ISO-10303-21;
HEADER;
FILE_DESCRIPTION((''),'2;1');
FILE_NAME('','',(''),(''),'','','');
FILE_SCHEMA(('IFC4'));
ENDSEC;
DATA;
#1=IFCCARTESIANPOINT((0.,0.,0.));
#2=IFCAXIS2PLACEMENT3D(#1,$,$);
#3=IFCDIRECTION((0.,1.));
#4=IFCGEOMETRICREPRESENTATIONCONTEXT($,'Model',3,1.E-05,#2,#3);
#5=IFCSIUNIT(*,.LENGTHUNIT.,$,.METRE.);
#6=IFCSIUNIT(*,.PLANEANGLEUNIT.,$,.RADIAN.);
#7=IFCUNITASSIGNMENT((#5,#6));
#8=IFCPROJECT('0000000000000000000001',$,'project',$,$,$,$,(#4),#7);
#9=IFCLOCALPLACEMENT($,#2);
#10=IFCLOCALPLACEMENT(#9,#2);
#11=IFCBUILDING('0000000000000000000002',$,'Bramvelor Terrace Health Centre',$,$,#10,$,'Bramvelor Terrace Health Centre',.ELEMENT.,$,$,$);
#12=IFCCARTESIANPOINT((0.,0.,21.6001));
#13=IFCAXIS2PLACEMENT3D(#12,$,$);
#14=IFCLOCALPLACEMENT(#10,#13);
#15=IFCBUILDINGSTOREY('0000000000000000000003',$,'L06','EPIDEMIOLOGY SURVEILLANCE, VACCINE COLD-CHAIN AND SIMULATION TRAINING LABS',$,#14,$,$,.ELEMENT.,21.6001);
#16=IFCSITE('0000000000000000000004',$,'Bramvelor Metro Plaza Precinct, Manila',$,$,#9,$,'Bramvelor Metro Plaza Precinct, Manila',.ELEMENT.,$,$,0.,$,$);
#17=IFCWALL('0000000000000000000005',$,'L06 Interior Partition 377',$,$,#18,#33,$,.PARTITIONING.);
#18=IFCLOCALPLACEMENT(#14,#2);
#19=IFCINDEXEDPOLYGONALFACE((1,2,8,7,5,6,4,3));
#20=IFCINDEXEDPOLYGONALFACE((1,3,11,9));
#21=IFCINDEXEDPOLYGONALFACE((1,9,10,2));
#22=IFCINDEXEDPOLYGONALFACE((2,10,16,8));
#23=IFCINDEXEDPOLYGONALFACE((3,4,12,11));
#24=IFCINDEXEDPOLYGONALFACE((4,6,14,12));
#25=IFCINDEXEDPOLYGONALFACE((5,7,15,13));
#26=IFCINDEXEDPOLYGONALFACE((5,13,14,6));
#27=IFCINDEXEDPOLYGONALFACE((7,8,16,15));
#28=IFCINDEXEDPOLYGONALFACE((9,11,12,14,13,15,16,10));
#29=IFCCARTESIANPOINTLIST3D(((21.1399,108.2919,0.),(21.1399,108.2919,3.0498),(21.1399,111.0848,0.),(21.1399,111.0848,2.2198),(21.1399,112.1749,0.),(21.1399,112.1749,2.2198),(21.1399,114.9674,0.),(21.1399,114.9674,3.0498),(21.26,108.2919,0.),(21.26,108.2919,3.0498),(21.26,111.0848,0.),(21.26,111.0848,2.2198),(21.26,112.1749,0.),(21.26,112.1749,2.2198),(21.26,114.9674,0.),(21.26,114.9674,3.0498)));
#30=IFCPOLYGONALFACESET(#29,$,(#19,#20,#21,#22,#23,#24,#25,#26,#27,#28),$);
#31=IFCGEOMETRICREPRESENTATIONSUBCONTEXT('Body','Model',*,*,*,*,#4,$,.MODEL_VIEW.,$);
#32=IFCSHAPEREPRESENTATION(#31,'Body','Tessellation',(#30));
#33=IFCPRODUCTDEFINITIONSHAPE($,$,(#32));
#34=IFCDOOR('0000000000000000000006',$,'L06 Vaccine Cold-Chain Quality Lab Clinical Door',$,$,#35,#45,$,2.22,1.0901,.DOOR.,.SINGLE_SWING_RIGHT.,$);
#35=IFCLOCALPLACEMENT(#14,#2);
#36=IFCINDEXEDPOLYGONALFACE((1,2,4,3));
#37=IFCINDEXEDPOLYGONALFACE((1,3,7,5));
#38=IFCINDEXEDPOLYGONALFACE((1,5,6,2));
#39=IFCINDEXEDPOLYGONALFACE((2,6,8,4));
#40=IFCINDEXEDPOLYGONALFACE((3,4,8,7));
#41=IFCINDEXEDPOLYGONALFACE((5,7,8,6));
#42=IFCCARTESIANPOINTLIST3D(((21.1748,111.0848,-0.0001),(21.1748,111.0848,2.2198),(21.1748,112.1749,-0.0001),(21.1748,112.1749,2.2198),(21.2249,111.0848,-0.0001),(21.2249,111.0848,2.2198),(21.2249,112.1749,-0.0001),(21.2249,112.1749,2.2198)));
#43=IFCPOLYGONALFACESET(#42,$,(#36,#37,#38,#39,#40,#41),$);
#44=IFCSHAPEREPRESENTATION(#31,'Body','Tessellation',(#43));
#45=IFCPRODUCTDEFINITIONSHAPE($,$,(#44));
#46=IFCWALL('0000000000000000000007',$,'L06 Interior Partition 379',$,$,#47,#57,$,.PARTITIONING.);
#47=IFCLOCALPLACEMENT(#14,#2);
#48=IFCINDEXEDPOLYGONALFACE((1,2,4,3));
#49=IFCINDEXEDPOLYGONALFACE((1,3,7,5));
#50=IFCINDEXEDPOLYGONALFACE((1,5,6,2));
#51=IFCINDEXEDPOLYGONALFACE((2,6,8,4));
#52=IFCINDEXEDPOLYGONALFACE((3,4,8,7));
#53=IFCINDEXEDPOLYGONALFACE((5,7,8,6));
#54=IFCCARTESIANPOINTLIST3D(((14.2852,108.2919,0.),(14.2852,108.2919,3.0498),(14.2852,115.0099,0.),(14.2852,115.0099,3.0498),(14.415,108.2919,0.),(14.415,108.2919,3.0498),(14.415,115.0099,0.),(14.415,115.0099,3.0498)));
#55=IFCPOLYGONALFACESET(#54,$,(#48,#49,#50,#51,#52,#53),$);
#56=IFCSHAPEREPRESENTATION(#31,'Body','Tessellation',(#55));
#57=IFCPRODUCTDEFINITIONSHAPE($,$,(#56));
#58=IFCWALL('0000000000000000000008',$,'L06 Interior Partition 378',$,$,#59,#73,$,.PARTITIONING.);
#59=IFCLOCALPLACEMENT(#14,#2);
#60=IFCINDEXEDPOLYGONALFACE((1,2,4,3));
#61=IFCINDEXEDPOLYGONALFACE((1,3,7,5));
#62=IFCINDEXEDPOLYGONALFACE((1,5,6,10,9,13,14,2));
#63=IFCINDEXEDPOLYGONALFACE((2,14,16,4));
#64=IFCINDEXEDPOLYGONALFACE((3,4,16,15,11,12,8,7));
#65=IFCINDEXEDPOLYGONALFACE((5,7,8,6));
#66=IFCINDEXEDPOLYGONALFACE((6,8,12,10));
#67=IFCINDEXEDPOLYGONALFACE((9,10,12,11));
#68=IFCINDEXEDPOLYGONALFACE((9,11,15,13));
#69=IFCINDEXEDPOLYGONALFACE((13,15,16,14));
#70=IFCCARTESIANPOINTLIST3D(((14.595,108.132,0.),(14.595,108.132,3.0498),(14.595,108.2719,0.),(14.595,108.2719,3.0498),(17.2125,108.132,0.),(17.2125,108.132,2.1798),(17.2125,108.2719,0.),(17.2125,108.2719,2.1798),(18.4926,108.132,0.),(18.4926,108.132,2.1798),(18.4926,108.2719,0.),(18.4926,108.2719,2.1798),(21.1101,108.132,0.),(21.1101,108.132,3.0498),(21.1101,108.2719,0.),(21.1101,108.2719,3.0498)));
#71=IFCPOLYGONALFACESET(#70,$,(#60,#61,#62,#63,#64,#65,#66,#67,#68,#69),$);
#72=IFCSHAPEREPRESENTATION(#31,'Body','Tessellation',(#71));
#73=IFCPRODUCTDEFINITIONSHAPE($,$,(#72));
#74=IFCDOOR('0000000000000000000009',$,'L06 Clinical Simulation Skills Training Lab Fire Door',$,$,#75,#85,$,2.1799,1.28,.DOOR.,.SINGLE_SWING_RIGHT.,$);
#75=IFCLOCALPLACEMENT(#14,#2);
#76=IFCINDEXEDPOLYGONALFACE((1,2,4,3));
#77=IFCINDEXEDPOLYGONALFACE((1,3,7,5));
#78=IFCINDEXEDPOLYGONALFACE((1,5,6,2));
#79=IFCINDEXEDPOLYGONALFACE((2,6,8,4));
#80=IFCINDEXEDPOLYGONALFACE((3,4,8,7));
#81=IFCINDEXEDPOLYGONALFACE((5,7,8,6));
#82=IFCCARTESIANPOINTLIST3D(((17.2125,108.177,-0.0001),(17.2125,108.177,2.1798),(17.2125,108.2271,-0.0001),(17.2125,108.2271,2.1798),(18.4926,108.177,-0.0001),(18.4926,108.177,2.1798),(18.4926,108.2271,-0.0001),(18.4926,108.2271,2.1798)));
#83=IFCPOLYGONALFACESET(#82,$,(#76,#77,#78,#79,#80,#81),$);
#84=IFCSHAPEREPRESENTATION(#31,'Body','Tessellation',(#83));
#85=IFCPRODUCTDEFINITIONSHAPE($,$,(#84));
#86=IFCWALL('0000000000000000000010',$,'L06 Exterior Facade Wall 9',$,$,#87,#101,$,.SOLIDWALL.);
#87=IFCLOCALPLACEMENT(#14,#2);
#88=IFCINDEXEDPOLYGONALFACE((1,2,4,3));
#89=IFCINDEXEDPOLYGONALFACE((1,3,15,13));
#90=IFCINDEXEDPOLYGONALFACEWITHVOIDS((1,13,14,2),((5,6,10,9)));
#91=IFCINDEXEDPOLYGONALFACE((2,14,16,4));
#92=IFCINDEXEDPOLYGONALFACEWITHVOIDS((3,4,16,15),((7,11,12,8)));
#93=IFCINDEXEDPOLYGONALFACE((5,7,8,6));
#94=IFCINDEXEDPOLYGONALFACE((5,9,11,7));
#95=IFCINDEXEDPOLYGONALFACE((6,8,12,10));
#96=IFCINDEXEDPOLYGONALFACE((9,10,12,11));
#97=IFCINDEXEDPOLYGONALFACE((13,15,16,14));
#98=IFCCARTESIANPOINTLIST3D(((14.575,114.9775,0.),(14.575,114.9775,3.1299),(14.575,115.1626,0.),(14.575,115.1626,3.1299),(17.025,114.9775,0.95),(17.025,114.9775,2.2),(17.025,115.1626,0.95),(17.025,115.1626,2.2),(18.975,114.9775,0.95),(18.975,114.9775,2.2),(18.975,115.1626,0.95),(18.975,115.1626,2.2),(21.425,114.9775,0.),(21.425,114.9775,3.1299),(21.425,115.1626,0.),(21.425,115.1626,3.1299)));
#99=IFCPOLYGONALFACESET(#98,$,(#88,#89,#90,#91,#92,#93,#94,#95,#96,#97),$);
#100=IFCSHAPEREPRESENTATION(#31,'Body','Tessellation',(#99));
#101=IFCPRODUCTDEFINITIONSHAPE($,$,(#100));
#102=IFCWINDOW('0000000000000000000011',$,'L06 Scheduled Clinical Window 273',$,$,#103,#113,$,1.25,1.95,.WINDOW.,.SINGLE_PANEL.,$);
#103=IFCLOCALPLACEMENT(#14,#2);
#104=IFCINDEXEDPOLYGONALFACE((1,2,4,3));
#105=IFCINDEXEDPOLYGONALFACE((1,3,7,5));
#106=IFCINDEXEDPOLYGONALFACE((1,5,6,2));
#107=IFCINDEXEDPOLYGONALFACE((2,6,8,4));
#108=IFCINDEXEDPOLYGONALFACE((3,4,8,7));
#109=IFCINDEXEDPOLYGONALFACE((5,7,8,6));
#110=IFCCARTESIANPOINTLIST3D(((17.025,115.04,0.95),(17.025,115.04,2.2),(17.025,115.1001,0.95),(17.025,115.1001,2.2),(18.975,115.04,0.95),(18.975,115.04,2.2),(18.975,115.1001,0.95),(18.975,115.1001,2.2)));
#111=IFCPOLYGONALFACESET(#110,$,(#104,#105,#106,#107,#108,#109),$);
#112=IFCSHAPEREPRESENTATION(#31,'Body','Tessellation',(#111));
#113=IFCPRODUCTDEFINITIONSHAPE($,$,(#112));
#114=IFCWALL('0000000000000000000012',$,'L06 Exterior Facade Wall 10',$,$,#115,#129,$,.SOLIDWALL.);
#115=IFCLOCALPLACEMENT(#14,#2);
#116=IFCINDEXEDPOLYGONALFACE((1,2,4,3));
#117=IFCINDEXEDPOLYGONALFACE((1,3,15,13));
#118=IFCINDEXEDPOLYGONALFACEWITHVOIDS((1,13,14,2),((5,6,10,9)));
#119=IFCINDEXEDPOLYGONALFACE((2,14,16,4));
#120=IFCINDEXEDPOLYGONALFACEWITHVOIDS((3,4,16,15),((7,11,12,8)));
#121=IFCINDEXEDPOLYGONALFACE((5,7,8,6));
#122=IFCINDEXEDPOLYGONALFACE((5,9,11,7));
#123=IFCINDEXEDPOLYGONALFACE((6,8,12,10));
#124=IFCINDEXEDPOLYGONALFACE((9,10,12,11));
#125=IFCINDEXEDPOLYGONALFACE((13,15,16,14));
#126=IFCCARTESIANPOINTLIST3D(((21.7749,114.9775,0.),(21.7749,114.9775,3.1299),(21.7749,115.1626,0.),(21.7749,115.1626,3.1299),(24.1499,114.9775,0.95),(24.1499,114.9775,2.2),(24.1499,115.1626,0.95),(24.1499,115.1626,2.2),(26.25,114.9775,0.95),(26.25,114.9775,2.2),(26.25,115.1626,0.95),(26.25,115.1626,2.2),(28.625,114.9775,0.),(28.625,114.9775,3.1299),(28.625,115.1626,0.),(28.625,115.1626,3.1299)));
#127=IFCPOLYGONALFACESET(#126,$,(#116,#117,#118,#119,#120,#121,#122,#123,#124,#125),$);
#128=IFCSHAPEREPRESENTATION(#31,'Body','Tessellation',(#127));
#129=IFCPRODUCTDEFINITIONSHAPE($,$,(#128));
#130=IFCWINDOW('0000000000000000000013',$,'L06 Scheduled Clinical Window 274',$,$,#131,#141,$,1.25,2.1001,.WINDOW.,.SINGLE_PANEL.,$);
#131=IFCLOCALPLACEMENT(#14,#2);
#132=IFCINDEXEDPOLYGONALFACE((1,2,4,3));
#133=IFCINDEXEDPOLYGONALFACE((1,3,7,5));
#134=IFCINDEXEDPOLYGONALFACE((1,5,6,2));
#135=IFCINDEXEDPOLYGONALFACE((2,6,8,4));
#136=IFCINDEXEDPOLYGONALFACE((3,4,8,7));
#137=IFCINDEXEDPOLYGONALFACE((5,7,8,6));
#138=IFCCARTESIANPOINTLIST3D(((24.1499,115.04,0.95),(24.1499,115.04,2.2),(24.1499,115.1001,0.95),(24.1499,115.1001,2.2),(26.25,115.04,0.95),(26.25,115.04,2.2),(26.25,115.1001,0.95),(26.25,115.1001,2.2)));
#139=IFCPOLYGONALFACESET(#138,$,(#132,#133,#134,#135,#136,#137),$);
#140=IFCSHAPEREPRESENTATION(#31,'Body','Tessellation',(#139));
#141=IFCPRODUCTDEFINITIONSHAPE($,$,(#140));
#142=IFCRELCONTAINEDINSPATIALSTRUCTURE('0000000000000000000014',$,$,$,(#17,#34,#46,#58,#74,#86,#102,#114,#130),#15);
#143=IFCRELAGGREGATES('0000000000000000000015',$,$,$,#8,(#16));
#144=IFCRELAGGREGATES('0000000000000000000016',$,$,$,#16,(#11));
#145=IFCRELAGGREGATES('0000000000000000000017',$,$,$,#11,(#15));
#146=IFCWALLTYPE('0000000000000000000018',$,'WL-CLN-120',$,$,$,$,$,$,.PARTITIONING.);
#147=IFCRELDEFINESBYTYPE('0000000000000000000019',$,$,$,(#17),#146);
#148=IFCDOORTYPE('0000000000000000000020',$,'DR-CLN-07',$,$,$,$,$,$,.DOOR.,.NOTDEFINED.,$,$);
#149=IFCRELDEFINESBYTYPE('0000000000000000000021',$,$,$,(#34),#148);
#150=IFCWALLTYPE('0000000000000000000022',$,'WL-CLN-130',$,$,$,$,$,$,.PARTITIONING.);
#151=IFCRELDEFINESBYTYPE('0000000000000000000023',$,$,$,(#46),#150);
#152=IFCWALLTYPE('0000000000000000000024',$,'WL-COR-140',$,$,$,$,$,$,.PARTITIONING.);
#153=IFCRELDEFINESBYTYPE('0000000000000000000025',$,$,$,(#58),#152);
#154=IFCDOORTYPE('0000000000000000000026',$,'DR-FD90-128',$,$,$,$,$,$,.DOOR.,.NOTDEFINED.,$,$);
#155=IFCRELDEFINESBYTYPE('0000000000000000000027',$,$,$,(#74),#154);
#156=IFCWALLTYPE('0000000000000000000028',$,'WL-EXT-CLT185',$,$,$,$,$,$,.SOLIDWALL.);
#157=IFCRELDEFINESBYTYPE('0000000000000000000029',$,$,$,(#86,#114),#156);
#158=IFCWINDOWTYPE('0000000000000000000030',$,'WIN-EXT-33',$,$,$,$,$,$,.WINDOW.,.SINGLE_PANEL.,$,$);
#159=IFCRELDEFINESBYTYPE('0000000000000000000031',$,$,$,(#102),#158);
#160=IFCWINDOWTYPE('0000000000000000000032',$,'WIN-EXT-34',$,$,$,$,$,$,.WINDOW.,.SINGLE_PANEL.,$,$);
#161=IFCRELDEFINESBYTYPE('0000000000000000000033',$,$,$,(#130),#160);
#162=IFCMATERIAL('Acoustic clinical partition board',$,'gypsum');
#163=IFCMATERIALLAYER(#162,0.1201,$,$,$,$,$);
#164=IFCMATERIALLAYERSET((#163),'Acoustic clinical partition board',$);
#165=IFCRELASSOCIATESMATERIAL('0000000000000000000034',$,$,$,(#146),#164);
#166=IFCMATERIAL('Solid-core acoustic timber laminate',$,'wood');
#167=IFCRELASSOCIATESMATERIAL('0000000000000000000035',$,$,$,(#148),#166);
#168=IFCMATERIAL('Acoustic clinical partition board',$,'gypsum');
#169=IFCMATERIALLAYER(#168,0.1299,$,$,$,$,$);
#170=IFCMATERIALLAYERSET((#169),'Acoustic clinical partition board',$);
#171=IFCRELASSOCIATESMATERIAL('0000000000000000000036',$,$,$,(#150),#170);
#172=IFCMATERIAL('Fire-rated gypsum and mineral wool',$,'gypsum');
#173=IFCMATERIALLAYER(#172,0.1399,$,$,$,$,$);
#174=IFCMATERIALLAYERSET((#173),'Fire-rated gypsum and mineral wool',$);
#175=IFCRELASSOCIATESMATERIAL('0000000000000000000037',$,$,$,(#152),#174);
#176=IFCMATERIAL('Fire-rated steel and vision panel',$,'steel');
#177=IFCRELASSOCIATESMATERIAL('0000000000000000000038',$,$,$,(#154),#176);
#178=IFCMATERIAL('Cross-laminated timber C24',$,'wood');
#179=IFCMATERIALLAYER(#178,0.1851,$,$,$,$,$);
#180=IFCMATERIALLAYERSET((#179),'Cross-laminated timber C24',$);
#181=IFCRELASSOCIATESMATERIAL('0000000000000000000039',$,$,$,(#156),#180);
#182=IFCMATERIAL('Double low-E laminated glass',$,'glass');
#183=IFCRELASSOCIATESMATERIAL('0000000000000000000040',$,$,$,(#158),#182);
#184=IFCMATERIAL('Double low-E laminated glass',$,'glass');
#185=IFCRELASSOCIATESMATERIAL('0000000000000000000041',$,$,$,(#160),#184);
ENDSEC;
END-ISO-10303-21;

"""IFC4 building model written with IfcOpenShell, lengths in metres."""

from ifc_helpers import new_model, si_unit, direction, frame, frame_2d, origin, place, context, subcontext, project, spatial, rectangle, extrude, material, layer, layer_set, type_object, element, fill, save


model = new_model("IFC4")

# Units and contexts
model_context = context("Model", 3, precision=1e-05, world=origin(), true_north=direction((0.0, 1.0)))
body_context = subcontext(model_context, "Body", "Model", "MODEL_VIEW")
ifc_project = project(units=[si_unit("LENGTHUNIT", "METRE"), si_unit("PLANEANGLEUNIT", "RADIAN")], contexts=[model_context])

# Site, building, storey
site_placement = place(None, origin())
site = spatial("IfcSite", under=ifc_project, at=site_placement, Name="Bramvelor Metro Plaza Precinct, Manila", LongName="Bramvelor Metro Plaza Precinct, Manila", CompositionType="ELEMENT", RefElevation=0.0)
building_placement = place(site_placement, origin())
building = spatial("IfcBuilding", under=site, at=building_placement, Name="Bramvelor Terrace Health Centre", LongName="Bramvelor Terrace Health Centre", CompositionType="ELEMENT")
storey_placement = place(building_placement, frame((0.0, 0.0, 21.6001)))
storey = spatial("IfcBuildingStorey", under=building, at=storey_placement, Name="L06", Description="EPIDEMIOLOGY SURVEILLANCE, VACCINE COLD-CHAIN AND SIMULATION TRAINING LABS", CompositionType="ELEMENT", Elevation=21.6001)

# Wall, opening, door
ifc_material_1 = material(Name="Acoustic clinical partition board", Category="gypsum")
ifc_layer_1 = layer(ifc_material_1, 0.1201)
ifc_layer_set_1 = layer_set([ifc_layer_1], Name="Acoustic clinical partition board")
wall_type_1 = type_object("IfcWallType", Name="WL-CLN-120", PredefinedType="PARTITIONING", material=ifc_layer_set_1)
wall_1_placement = place(storey_placement, frame((21.2, 114.9675, 0.0), z_axis=(0.0, 0.0, 1.0), x_axis=(0.0, -1.0, 0.0)))
wall_1 = element("IfcWall", 1, at=wall_1_placement, inside=storey, type_object=wall_type_1, Name="L06 Interior Partition 377", PredefinedType="PARTITIONING", context=body_context, shape_type="SweptSolid", body=[
    extrude(rectangle(XDim=6.6755, YDim=0.1201, at=frame_2d((3.3379, 0.0))), origin(), (0.0, 0.0, 1.0), 3.0498),
])
opening_1_placement = place(wall_1_placement, frame((2.7927, 0.0, 0.0)))
opening_1 = element("IfcOpeningElement", 2, at=opening_1_placement, cuts=wall_1, PredefinedType="OPENING", context=body_context, shape_type="SweptSolid", body=[
    extrude(rectangle(XDim=1.0901, YDim=2.22, at=frame_2d((0.5449, 1.1099))), frame((0.0, 0.0701, 0.0), z_axis=(0.0, -1.0, 0.0), x_axis=(1.0, 0.0, 0.0)), (0.0, 0.0, 1.0), 0.1401),
])
ifc_material_2 = material(Name="Solid-core acoustic timber laminate", Category="wood")
door_type_1 = type_object("IfcDoorType", Name="DR-CLN-07", OperationType="NOTDEFINED", PredefinedType="DOOR", material=ifc_material_2)
door_1_placement = place(opening_1_placement, origin())
door_1 = element("IfcDoor", 3, at=door_1_placement, inside=storey, type_object=door_type_1, Name="L06 Vaccine Cold-Chain Quality Lab Clinical Door", OperationType="SINGLE_SWING_RIGHT", OverallHeight=2.22, OverallWidth=1.0901, PredefinedType="DOOR", context=body_context, shape_type="SweptSolid", body=[
    extrude(rectangle(XDim=1.0901, YDim=2.22, at=frame_2d((0.5449, 1.1099))), frame((0.0, 0.0249, 0.0), z_axis=(0.0, -1.0, 0.0), x_axis=(1.0, 0.0, 0.0)), (0.0, 0.0, 1.0), 0.05),
])
fill(opening_1, door_1)

# Wall
ifc_material_3 = material(Name="Acoustic clinical partition board", Category="gypsum")
ifc_layer_2 = layer(ifc_material_3, 0.1299)
ifc_layer_set_2 = layer_set([ifc_layer_2], Name="Acoustic clinical partition board")
wall_type_2 = type_object("IfcWallType", Name="WL-CLN-130", PredefinedType="PARTITIONING", material=ifc_layer_set_2)
wall_2_placement = place(storey_placement, frame((14.3501, 108.292, 0.0), z_axis=(0.0, 0.0, 1.0), x_axis=(0.0, 1.0, 0.0)))
element("IfcWall", 4, at=wall_2_placement, inside=storey, type_object=wall_type_2, Name="L06 Interior Partition 379", PredefinedType="PARTITIONING", context=body_context, shape_type="SweptSolid", body=[
    extrude(rectangle(XDim=6.718, YDim=0.1299, at=frame_2d((3.3589, 0.0))), origin(), (0.0, 0.0, 1.0), 3.0498),
])

# Wall, opening, door
ifc_material_4 = material(Name="Fire-rated gypsum and mineral wool", Category="gypsum")
ifc_layer_3 = layer(ifc_material_4, 0.1399)
ifc_layer_set_3 = layer_set([ifc_layer_3], Name="Fire-rated gypsum and mineral wool")
wall_type_3 = type_object("IfcWallType", Name="WL-COR-140", PredefinedType="PARTITIONING", material=ifc_layer_set_3)
wall_3_placement = place(storey_placement, frame((21.1101, 108.2019, 0.0), z_axis=(0.0, 0.0, 1.0), x_axis=(-1.0, 0.0, 0.0)))
wall_3 = element("IfcWall", 5, at=wall_3_placement, inside=storey, type_object=wall_type_3, Name="L06 Interior Partition 378", PredefinedType="PARTITIONING", context=body_context, shape_type="SweptSolid", body=[
    extrude(rectangle(XDim=6.5151, YDim=0.1399, at=frame_2d((3.2576, 0.0))), origin(), (0.0, 0.0, 1.0), 3.0498),
])
opening_2_placement = place(wall_3_placement, frame((2.6174, 0.0, 0.0)))
opening_2 = element("IfcOpeningElement", 6, at=opening_2_placement, cuts=wall_3, PredefinedType="OPENING", context=body_context, shape_type="SweptSolid", body=[
    extrude(rectangle(XDim=1.28, YDim=2.1799, at=frame_2d((0.6401, 1.0898))), frame((0.0, 0.0798, 0.0), z_axis=(0.0, -1.0, 0.0), x_axis=(1.0, 0.0, 0.0)), (0.0, 0.0, 1.0), 0.1599),
])
ifc_material_5 = material(Name="Fire-rated steel and vision panel", Category="steel")
door_type_2 = type_object("IfcDoorType", Name="DR-FD90-128", OperationType="NOTDEFINED", PredefinedType="DOOR", material=ifc_material_5)
door_2_placement = place(opening_2_placement, origin())
door_2 = element("IfcDoor", 7, at=door_2_placement, inside=storey, type_object=door_type_2, Name="L06 Clinical Simulation Skills Training Lab Fire Door", OperationType="SINGLE_SWING_RIGHT", OverallHeight=2.1799, OverallWidth=1.28, PredefinedType="DOOR", context=body_context, shape_type="SweptSolid", body=[
    extrude(rectangle(XDim=1.28, YDim=2.1799, at=frame_2d((0.6401, 1.0898))), frame((0.0, 0.0249, 0.0), z_axis=(0.0, -1.0, 0.0), x_axis=(1.0, 0.0, 0.0)), (0.0, 0.0, 1.0), 0.05),
])
fill(opening_2, door_2)

# Walls, openings, windows
ifc_material_6 = material(Name="Cross-laminated timber C24", Category="wood")
ifc_layer_4 = layer(ifc_material_6, 0.1851)
ifc_layer_set_4 = layer_set([ifc_layer_4], Name="Cross-laminated timber C24")
wall_type_4 = type_object("IfcWallType", Name="WL-EXT-CLT185", PredefinedType="SOLIDWALL", material=ifc_layer_set_4)
wall_4_placement = place(storey_placement, frame((14.575, 115.0701, 0.0), z_axis=(0.0, 0.0, 1.0), x_axis=(1.0, 0.0, 0.0)))
wall_4 = element("IfcWall", 8, at=wall_4_placement, inside=storey, type_object=wall_type_4, Name="L06 Exterior Facade Wall 9", PredefinedType="SOLIDWALL", context=body_context, shape_type="SweptSolid", body=[
    extrude(rectangle(XDim=6.8501, YDim=0.1851, at=frame_2d((3.425, 0.0))), origin(), (0.0, 0.0, 1.0), 3.1299),
])
opening_3_placement = place(wall_4_placement, frame((2.45, 0.0, 0.95)))
opening_3 = element("IfcOpeningElement", 9, at=opening_3_placement, cuts=wall_4, PredefinedType="OPENING", context=body_context, shape_type="SweptSolid", body=[
    extrude(rectangle(XDim=1.95, YDim=1.25, at=frame_2d((0.9751, 0.625))), frame((0.0, 0.1025, 0.0), z_axis=(0.0, -1.0, 0.0), x_axis=(1.0, 0.0, 0.0)), (0.0, 0.0, 1.0), 0.2051),
])
ifc_material_7 = material(Name="Double low-E laminated glass", Category="glass")
window_type_1 = type_object("IfcWindowType", Name="WIN-EXT-33", PartitioningType="SINGLE_PANEL", PredefinedType="WINDOW", material=ifc_material_7)
window_1_placement = place(opening_3_placement, origin())
window_1 = element("IfcWindow", 10, at=window_1_placement, inside=storey, type_object=window_type_1, Name="L06 Scheduled Clinical Window 273", OverallHeight=1.25, OverallWidth=1.95, PartitioningType="SINGLE_PANEL", PredefinedType="WINDOW", context=body_context, shape_type="SweptSolid", body=[
    extrude(rectangle(XDim=1.95, YDim=1.25, at=frame_2d((0.9751, 0.625))), frame((0.0, 0.03, 0.0), z_axis=(0.0, -1.0, 0.0), x_axis=(1.0, 0.0, 0.0)), (0.0, 0.0, 1.0), 0.0601),
])
fill(opening_3, window_1)
wall_5_placement = place(storey_placement, frame((21.7749, 115.0701, 0.0), z_axis=(0.0, 0.0, 1.0), x_axis=(1.0, 0.0, 0.0)))
wall_5 = element("IfcWall", 11, at=wall_5_placement, inside=storey, type_object=wall_type_4, Name="L06 Exterior Facade Wall 10", PredefinedType="SOLIDWALL", context=body_context, shape_type="SweptSolid", body=[
    extrude(rectangle(XDim=6.8501, YDim=0.1851, at=frame_2d((3.425, 0.0))), origin(), (0.0, 0.0, 1.0), 3.1299),
])
opening_4_placement = place(wall_5_placement, frame((2.375, 0.0, 0.95)))
opening_4 = element("IfcOpeningElement", 12, at=opening_4_placement, cuts=wall_5, PredefinedType="OPENING", context=body_context, shape_type="SweptSolid", body=[
    extrude(rectangle(XDim=2.1001, YDim=1.25, at=frame_2d((1.05, 0.625))), frame((0.0, 0.1025, 0.0), z_axis=(0.0, -1.0, 0.0), x_axis=(1.0, 0.0, 0.0)), (0.0, 0.0, 1.0), 0.2051),
])
ifc_material_8 = material(Name="Double low-E laminated glass", Category="glass")
window_type_2 = type_object("IfcWindowType", Name="WIN-EXT-34", PartitioningType="SINGLE_PANEL", PredefinedType="WINDOW", material=ifc_material_8)
window_2_placement = place(opening_4_placement, origin())
window_2 = element("IfcWindow", 13, at=window_2_placement, inside=storey, type_object=window_type_2, Name="L06 Scheduled Clinical Window 274", OverallHeight=1.25, OverallWidth=2.1001, PartitioningType="SINGLE_PANEL", PredefinedType="WINDOW", context=body_context, shape_type="SweptSolid", body=[
    extrude(rectangle(XDim=2.1001, YDim=1.25, at=frame_2d((1.05, 0.625))), frame((0.0, 0.03, 0.0), z_axis=(0.0, -1.0, 0.0), x_axis=(1.0, 0.0, 0.0)), (0.0, 0.0, 1.0), 0.0601),
])
fill(opening_4, window_2)

save(model, "model.ifc")
